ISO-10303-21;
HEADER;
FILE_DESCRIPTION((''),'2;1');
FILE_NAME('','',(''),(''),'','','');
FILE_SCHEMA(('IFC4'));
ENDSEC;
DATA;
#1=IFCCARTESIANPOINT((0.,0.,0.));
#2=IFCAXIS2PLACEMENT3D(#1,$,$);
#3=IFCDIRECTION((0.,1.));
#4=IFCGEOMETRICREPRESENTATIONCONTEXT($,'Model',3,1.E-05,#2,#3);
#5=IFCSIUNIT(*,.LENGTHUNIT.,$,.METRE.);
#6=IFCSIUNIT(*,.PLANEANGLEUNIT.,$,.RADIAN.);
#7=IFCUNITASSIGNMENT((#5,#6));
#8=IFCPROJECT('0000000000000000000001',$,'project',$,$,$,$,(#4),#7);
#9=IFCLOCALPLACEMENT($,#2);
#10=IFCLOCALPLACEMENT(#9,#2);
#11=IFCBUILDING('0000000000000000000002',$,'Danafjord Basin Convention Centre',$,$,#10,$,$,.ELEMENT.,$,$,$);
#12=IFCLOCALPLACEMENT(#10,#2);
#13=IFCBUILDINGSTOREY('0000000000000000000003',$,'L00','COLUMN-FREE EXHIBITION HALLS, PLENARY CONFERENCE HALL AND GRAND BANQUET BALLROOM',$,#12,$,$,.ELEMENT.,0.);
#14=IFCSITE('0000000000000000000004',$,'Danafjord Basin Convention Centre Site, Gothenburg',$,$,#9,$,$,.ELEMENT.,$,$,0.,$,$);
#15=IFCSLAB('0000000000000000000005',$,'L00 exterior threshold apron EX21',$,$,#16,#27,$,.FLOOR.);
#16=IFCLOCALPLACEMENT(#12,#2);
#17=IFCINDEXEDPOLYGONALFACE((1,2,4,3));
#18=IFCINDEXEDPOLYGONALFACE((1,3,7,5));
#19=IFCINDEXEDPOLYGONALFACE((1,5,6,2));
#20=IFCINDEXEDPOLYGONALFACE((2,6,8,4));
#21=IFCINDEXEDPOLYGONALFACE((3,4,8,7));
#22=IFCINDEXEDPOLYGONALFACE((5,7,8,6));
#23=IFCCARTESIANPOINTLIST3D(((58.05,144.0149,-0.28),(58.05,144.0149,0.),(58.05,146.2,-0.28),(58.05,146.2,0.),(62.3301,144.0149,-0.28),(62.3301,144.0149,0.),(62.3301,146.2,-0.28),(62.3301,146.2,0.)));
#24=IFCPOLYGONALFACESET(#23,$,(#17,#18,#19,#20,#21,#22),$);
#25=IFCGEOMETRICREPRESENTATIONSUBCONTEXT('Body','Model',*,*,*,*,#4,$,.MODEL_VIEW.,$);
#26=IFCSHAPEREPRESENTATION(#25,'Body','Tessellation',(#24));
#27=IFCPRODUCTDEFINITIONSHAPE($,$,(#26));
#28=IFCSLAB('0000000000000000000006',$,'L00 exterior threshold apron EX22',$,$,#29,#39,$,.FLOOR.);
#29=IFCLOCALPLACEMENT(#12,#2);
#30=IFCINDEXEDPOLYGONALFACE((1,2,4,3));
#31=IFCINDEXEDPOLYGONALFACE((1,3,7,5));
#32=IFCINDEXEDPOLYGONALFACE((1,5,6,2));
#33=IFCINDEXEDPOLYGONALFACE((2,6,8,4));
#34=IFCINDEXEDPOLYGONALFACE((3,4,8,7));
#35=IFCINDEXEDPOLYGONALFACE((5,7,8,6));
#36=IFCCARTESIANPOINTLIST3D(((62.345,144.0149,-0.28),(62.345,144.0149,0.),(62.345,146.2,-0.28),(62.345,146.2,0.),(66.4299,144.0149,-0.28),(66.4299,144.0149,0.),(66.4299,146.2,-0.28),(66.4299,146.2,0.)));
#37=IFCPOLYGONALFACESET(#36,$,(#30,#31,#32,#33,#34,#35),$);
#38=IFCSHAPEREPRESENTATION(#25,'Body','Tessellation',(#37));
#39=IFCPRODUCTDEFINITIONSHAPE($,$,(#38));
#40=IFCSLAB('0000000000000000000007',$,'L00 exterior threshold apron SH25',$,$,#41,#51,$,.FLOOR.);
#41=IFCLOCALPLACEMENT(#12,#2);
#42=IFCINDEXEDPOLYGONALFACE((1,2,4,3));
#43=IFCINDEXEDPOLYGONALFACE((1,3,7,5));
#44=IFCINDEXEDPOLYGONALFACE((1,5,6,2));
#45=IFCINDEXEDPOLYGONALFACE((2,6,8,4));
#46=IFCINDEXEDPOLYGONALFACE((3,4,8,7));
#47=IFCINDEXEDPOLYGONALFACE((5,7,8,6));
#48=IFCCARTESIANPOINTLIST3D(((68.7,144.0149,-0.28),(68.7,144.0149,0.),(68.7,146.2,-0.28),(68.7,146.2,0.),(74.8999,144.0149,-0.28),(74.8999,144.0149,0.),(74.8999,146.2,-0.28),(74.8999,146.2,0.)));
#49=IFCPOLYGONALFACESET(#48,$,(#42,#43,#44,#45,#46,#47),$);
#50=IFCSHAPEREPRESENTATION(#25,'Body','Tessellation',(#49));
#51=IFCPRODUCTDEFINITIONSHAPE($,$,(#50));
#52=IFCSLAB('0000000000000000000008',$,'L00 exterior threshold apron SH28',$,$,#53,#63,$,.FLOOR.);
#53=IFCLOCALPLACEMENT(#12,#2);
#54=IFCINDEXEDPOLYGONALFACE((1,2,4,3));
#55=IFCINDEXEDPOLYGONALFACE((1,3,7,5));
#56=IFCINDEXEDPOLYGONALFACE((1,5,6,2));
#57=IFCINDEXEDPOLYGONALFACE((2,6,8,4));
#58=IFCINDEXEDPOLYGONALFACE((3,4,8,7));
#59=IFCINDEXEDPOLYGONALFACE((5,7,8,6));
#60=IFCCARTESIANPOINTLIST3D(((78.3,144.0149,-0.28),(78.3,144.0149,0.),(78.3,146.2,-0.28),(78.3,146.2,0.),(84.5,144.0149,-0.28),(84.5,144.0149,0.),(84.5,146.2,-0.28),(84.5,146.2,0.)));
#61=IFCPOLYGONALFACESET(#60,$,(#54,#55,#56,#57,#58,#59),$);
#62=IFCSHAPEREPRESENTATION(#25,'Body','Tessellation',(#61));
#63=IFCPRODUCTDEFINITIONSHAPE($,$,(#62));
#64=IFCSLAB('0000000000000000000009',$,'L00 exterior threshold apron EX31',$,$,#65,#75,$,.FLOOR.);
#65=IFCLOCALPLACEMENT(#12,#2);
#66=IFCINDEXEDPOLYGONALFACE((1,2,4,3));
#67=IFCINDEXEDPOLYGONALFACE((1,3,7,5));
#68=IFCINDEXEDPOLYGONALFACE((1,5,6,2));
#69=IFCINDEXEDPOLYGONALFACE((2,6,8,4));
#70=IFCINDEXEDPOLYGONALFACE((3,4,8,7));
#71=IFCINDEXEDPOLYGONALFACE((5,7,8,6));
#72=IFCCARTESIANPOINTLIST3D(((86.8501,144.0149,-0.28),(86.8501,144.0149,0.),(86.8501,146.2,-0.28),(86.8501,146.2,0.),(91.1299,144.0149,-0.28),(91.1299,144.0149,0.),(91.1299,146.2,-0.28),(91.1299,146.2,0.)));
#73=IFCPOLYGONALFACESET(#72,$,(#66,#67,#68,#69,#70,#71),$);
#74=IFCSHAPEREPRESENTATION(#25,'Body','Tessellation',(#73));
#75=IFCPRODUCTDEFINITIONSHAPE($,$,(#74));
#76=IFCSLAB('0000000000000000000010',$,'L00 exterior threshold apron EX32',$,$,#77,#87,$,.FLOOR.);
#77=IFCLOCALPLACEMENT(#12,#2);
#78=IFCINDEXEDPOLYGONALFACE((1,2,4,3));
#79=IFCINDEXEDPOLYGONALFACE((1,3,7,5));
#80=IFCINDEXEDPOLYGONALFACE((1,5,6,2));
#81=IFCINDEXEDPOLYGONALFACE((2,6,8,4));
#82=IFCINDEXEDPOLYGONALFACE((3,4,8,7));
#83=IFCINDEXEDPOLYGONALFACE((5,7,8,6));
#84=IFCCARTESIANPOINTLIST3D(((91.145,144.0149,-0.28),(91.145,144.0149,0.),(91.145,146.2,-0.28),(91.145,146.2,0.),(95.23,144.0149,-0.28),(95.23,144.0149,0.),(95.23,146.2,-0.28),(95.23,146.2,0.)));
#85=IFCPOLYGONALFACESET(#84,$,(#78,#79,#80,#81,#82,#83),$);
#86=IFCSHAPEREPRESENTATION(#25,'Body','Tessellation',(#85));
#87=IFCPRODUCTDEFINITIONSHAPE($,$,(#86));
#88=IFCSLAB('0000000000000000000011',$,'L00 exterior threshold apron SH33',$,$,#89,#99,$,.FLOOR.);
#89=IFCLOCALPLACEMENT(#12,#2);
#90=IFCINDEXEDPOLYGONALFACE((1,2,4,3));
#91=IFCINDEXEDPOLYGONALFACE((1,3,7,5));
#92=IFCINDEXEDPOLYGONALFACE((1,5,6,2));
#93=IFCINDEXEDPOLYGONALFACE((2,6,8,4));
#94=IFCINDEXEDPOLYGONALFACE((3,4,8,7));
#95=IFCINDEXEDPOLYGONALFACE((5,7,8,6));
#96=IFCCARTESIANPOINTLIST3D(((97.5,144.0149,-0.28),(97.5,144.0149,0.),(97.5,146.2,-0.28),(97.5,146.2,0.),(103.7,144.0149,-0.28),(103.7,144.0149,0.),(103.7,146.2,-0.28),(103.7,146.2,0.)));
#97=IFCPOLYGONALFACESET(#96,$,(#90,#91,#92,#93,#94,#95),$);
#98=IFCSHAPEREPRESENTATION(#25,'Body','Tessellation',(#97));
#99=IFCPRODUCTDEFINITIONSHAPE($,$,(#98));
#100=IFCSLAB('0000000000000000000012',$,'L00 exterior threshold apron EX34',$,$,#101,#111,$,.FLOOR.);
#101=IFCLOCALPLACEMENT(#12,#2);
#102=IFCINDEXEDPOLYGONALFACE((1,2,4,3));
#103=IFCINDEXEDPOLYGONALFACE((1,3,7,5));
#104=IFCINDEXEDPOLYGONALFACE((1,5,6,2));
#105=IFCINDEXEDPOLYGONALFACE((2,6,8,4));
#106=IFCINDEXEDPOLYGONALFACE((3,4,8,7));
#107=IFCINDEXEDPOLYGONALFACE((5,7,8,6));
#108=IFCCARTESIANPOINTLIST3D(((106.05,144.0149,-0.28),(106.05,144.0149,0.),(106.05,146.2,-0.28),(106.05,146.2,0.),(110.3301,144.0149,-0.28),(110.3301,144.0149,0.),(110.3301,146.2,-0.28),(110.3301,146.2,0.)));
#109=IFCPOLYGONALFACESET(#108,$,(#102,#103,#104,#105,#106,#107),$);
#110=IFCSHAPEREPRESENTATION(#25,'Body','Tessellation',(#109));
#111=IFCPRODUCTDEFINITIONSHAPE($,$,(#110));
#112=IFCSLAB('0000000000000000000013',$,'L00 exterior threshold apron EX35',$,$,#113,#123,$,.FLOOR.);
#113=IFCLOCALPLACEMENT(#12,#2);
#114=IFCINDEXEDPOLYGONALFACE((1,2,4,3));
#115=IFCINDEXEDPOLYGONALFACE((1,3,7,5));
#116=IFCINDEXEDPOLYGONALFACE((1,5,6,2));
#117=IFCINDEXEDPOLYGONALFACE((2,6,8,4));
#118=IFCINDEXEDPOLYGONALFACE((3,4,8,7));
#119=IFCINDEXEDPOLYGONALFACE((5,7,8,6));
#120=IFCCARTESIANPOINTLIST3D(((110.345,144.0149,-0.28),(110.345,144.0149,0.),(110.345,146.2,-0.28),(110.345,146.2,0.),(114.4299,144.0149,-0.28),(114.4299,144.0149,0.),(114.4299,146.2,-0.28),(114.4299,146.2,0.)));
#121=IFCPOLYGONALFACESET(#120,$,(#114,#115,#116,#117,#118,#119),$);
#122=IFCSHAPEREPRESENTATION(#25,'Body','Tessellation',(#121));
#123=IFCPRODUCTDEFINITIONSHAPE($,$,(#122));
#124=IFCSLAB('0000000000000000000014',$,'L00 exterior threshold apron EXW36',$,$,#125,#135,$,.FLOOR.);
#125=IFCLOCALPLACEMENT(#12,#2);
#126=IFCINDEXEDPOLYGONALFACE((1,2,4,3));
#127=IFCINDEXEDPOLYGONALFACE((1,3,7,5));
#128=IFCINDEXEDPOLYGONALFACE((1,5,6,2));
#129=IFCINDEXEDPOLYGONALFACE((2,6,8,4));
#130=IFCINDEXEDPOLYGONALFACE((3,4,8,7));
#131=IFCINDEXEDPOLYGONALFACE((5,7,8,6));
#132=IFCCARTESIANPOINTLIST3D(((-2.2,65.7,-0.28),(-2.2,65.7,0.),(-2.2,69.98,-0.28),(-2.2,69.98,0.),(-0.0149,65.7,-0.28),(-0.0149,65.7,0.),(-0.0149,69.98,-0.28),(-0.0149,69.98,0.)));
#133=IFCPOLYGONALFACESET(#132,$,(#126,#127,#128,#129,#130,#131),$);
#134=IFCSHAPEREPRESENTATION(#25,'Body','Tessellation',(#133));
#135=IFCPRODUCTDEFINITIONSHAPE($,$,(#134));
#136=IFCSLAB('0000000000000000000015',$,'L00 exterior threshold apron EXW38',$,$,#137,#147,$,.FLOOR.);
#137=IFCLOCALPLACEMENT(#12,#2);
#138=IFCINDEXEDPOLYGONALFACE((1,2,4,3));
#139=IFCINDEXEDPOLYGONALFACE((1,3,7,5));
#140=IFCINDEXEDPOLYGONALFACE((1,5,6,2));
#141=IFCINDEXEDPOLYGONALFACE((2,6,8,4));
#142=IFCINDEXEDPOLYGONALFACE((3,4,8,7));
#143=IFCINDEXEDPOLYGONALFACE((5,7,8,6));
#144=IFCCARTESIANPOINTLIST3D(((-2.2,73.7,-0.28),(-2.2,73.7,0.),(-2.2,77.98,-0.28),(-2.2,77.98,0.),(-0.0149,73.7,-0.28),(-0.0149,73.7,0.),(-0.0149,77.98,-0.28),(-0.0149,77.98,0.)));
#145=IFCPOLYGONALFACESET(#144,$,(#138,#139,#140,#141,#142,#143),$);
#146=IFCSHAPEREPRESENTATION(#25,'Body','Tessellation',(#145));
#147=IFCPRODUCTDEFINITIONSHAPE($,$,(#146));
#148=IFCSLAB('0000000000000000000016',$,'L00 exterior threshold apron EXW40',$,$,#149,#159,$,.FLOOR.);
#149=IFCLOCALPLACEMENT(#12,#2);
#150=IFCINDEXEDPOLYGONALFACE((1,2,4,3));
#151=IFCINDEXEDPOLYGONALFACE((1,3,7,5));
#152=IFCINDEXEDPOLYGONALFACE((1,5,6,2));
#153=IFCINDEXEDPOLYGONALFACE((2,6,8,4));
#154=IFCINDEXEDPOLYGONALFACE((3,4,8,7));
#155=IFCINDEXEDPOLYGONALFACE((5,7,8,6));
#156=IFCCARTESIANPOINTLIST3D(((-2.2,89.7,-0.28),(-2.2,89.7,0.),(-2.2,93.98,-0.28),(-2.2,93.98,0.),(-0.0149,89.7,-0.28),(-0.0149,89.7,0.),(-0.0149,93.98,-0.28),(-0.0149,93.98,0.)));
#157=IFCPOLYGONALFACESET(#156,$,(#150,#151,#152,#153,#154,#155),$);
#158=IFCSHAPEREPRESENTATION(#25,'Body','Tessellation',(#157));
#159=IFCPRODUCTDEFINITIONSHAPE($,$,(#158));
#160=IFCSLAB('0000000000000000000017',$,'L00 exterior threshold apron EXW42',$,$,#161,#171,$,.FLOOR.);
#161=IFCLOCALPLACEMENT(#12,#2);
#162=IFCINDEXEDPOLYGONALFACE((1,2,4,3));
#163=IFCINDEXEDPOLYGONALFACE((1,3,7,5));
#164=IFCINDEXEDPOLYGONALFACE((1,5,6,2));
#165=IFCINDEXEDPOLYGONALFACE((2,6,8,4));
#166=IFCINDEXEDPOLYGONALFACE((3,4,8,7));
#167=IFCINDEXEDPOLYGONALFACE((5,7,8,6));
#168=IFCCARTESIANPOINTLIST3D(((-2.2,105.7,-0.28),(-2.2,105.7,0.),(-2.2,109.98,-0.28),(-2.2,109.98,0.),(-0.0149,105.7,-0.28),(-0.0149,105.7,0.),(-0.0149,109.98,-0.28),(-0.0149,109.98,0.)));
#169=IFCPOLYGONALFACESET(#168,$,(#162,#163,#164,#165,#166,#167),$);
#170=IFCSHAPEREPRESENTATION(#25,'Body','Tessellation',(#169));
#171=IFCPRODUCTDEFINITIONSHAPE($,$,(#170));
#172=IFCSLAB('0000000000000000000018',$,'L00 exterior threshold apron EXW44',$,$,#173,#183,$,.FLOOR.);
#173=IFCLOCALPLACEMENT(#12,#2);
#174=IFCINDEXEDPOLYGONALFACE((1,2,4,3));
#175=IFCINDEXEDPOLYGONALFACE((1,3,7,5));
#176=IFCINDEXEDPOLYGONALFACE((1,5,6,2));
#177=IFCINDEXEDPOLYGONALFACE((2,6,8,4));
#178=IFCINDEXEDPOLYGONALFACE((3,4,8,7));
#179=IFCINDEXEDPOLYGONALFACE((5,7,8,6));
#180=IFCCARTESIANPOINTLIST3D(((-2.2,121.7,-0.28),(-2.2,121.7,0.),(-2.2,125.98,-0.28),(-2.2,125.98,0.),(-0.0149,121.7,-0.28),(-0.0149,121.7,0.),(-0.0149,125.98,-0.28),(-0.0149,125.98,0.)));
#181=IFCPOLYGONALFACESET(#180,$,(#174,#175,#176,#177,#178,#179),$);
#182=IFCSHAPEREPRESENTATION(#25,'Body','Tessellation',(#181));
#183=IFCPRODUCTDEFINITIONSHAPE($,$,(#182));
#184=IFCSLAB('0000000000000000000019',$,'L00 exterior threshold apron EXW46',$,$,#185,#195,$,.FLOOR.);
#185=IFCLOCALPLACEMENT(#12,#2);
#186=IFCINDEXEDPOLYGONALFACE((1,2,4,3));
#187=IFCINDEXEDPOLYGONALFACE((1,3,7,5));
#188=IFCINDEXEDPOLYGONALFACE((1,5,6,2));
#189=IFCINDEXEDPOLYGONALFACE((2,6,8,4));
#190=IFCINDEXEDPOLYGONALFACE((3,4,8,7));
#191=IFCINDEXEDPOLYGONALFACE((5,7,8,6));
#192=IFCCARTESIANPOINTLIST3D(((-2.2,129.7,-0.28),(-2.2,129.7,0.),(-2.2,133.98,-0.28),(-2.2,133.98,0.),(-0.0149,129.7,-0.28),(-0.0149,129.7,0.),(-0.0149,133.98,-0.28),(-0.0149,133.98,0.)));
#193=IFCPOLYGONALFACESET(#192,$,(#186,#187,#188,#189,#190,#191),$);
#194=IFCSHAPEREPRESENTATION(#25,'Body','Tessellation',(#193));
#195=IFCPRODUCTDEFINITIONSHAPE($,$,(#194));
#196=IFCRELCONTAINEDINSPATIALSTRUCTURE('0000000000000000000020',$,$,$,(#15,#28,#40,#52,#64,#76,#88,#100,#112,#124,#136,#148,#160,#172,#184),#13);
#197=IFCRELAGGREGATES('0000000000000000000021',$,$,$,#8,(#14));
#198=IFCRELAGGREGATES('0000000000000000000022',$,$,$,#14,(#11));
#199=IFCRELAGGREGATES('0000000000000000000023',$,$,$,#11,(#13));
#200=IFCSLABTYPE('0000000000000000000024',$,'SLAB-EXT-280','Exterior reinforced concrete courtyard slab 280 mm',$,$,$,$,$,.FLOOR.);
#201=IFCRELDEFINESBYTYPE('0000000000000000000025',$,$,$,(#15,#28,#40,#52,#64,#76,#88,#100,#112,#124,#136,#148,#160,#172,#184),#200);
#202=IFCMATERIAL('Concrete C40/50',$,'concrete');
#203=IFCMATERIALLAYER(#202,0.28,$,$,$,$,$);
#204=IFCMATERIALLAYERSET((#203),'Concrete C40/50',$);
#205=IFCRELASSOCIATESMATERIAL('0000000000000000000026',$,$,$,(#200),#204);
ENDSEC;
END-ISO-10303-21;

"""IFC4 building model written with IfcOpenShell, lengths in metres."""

from ifc_helpers import new_model, si_unit, direction, frame, origin, place, context, subcontext, project, spatial, polyline, outline, extrude, material, layer, layer_set, type_object, element, save


model = new_model("IFC4")

# Units and contexts
model_context = context("Model", 3, precision=1e-05, world=origin(), true_north=direction((0.0, 1.0)))
body_context = subcontext(model_context, "Body", "Model", "MODEL_VIEW")
ifc_project = project(units=[si_unit("LENGTHUNIT", "METRE"), si_unit("PLANEANGLEUNIT", "RADIAN")], contexts=[model_context])

# Site, building, storey
site_placement = place(None, origin())
site = spatial("IfcSite", under=ifc_project, at=site_placement, Name="Danafjord Basin Convention Centre Site, Gothenburg", CompositionType="ELEMENT", RefElevation=0.0)
building_placement = place(site_placement, origin())
building = spatial("IfcBuilding", under=site, at=building_placement, Name="Danafjord Basin Convention Centre", CompositionType="ELEMENT")
storey_placement = place(building_placement, origin())
storey = spatial("IfcBuildingStorey", under=building, at=storey_placement, Name="L00", Description="COLUMN-FREE EXHIBITION HALLS, PLENARY CONFERENCE HALL AND GRAND BANQUET BALLROOM", CompositionType="ELEMENT", Elevation=0.0)

# Slabs
ifc_material = material(Name="Concrete C40/50", Category="concrete")
ifc_layer_1 = layer(ifc_material, 0.28)
ifc_layer_set_1 = layer_set([ifc_layer_1], Name="Concrete C40/50")
slab_type_1 = type_object("IfcSlabType", Name="SLAB-EXT-280", Description="Exterior reinforced concrete courtyard slab 280 mm", PredefinedType="FLOOR", material=ifc_layer_set_1)
slab_1_placement = place(storey_placement, frame((0.0, 0.0, -0.28)))
element("IfcSlab", 1, at=slab_1_placement, inside=storey, type_object=slab_type_1, Name="L00 exterior threshold apron EX21", PredefinedType="FLOOR", context=body_context, shape_type="SweptSolid", body=[
    extrude(outline(polyline([(58.05, 146.2), (62.3301, 146.2), (62.3301, 144.0149), (58.05, 144.0149), (58.05, 146.2)])), origin(), (0.0, 0.0, 1.0), 0.28),
])
slab_2_placement = place(storey_placement, frame((0.0, 0.0, -0.28)))
element("IfcSlab", 2, at=slab_2_placement, inside=storey, type_object=slab_type_1, Name="L00 exterior threshold apron EX22", PredefinedType="FLOOR", context=body_context, shape_type="SweptSolid", body=[
    extrude(outline(polyline([(66.4299, 146.2), (66.4299, 144.0149), (62.345, 144.0149), (62.345, 146.2), (66.4299, 146.2)])), origin(), (0.0, 0.0, 1.0), 0.28),
])
slab_3_placement = place(storey_placement, frame((0.0, 0.0, -0.28)))
element("IfcSlab", 3, at=slab_3_placement, inside=storey, type_object=slab_type_1, Name="L00 exterior threshold apron SH25", PredefinedType="FLOOR", context=body_context, shape_type="SweptSolid", body=[
    extrude(outline(polyline([(68.7, 146.2), (74.8999, 146.2), (74.8999, 144.0149), (68.7, 144.0149), (68.7, 146.2)])), origin(), (0.0, 0.0, 1.0), 0.28),
])
slab_4_placement = place(storey_placement, frame((0.0, 0.0, -0.28)))
element("IfcSlab", 4, at=slab_4_placement, inside=storey, type_object=slab_type_1, Name="L00 exterior threshold apron SH28", PredefinedType="FLOOR", context=body_context, shape_type="SweptSolid", body=[
    extrude(outline(polyline([(78.3, 146.2), (84.5, 146.2), (84.5, 144.0149), (78.3, 144.0149), (78.3, 146.2)])), origin(), (0.0, 0.0, 1.0), 0.28),
])
slab_5_placement = place(storey_placement, frame((0.0, 0.0, -0.28)))
element("IfcSlab", 5, at=slab_5_placement, inside=storey, type_object=slab_type_1, Name="L00 exterior threshold apron EX31", PredefinedType="FLOOR", context=body_context, shape_type="SweptSolid", body=[
    extrude(outline(polyline([(86.8501, 146.2), (91.1299, 146.2), (91.1299, 144.0149), (86.8501, 144.0149), (86.8501, 146.2)])), origin(), (0.0, 0.0, 1.0), 0.28),
])
slab_6_placement = place(storey_placement, frame((0.0, 0.0, -0.28)))
element("IfcSlab", 6, at=slab_6_placement, inside=storey, type_object=slab_type_1, Name="L00 exterior threshold apron EX32", PredefinedType="FLOOR", context=body_context, shape_type="SweptSolid", body=[
    extrude(outline(polyline([(95.23, 146.2), (95.23, 144.0149), (91.145, 144.0149), (91.145, 146.2), (95.23, 146.2)])), origin(), (0.0, 0.0, 1.0), 0.28),
])
slab_7_placement = place(storey_placement, frame((0.0, 0.0, -0.28)))
element("IfcSlab", 7, at=slab_7_placement, inside=storey, type_object=slab_type_1, Name="L00 exterior threshold apron SH33", PredefinedType="FLOOR", context=body_context, shape_type="SweptSolid", body=[
    extrude(outline(polyline([(97.5, 146.2), (103.7, 146.2), (103.7, 144.0149), (97.5, 144.0149), (97.5, 146.2)])), origin(), (0.0, 0.0, 1.0), 0.28),
])
slab_8_placement = place(storey_placement, frame((0.0, 0.0, -0.28)))
element("IfcSlab", 8, at=slab_8_placement, inside=storey, type_object=slab_type_1, Name="L00 exterior threshold apron EX34", PredefinedType="FLOOR", context=body_context, shape_type="SweptSolid", body=[
    extrude(outline(polyline([(106.05, 146.2), (110.3301, 146.2), (110.3301, 144.0149), (106.05, 144.0149), (106.05, 146.2)])), origin(), (0.0, 0.0, 1.0), 0.28),
])
slab_9_placement = place(storey_placement, frame((0.0, 0.0, -0.28)))
element("IfcSlab", 9, at=slab_9_placement, inside=storey, type_object=slab_type_1, Name="L00 exterior threshold apron EX35", PredefinedType="FLOOR", context=body_context, shape_type="SweptSolid", body=[
    extrude(outline(polyline([(114.4299, 146.2), (114.4299, 144.0149), (110.345, 144.0149), (110.345, 146.2), (114.4299, 146.2)])), origin(), (0.0, 0.0, 1.0), 0.28),
])
slab_10_placement = place(storey_placement, frame((0.0, 0.0, -0.28)))
element("IfcSlab", 10, at=slab_10_placement, inside=storey, type_object=slab_type_1, Name="L00 exterior threshold apron EXW36", PredefinedType="FLOOR", context=body_context, shape_type="SweptSolid", body=[
    extrude(outline(polyline([(-2.2, 65.7), (-2.2, 69.98), (-0.0149, 69.98), (-0.0149, 65.7), (-2.2, 65.7)])), origin(), (0.0, 0.0, 1.0), 0.28),
])
slab_11_placement = place(storey_placement, frame((0.0, 0.0, -0.28)))
element("IfcSlab", 11, at=slab_11_placement, inside=storey, type_object=slab_type_1, Name="L00 exterior threshold apron EXW38", PredefinedType="FLOOR", context=body_context, shape_type="SweptSolid", body=[
    extrude(outline(polyline([(-2.2, 73.7), (-2.2, 77.98), (-0.0149, 77.98), (-0.0149, 73.7), (-2.2, 73.7)])), origin(), (0.0, 0.0, 1.0), 0.28),
])
slab_12_placement = place(storey_placement, frame((0.0, 0.0, -0.28)))
element("IfcSlab", 12, at=slab_12_placement, inside=storey, type_object=slab_type_1, Name="L00 exterior threshold apron EXW40", PredefinedType="FLOOR", context=body_context, shape_type="SweptSolid", body=[
    extrude(outline(polyline([(-2.2, 89.7), (-2.2, 93.98), (-0.0149, 93.98), (-0.0149, 89.7), (-2.2, 89.7)])), origin(), (0.0, 0.0, 1.0), 0.28),
])
slab_13_placement = place(storey_placement, frame((0.0, 0.0, -0.28)))
element("IfcSlab", 13, at=slab_13_placement, inside=storey, type_object=slab_type_1, Name="L00 exterior threshold apron EXW42", PredefinedType="FLOOR", context=body_context, shape_type="SweptSolid", body=[
    extrude(outline(polyline([(-2.2, 105.7), (-2.2, 109.98), (-0.0149, 109.98), (-0.0149, 105.7), (-2.2, 105.7)])), origin(), (0.0, 0.0, 1.0), 0.28),
])
slab_14_placement = place(storey_placement, frame((0.0, 0.0, -0.28)))
element("IfcSlab", 14, at=slab_14_placement, inside=storey, type_object=slab_type_1, Name="L00 exterior threshold apron EXW44", PredefinedType="FLOOR", context=body_context, shape_type="SweptSolid", body=[
    extrude(outline(polyline([(-2.2, 121.7), (-2.2, 125.98), (-0.0149, 125.98), (-0.0149, 121.7), (-2.2, 121.7)])), origin(), (0.0, 0.0, 1.0), 0.28),
])
slab_15_placement = place(storey_placement, frame((0.0, 0.0, -0.28)))
element("IfcSlab", 15, at=slab_15_placement, inside=storey, type_object=slab_type_1, Name="L00 exterior threshold apron EXW46", PredefinedType="FLOOR", context=body_context, shape_type="SweptSolid", body=[
    extrude(outline(polyline([(-2.2, 129.7), (-2.2, 133.98), (-0.0149, 133.98), (-0.0149, 129.7), (-2.2, 129.7)])), origin(), (0.0, 0.0, 1.0), 0.28),
])

save(model, "model.ifc")
